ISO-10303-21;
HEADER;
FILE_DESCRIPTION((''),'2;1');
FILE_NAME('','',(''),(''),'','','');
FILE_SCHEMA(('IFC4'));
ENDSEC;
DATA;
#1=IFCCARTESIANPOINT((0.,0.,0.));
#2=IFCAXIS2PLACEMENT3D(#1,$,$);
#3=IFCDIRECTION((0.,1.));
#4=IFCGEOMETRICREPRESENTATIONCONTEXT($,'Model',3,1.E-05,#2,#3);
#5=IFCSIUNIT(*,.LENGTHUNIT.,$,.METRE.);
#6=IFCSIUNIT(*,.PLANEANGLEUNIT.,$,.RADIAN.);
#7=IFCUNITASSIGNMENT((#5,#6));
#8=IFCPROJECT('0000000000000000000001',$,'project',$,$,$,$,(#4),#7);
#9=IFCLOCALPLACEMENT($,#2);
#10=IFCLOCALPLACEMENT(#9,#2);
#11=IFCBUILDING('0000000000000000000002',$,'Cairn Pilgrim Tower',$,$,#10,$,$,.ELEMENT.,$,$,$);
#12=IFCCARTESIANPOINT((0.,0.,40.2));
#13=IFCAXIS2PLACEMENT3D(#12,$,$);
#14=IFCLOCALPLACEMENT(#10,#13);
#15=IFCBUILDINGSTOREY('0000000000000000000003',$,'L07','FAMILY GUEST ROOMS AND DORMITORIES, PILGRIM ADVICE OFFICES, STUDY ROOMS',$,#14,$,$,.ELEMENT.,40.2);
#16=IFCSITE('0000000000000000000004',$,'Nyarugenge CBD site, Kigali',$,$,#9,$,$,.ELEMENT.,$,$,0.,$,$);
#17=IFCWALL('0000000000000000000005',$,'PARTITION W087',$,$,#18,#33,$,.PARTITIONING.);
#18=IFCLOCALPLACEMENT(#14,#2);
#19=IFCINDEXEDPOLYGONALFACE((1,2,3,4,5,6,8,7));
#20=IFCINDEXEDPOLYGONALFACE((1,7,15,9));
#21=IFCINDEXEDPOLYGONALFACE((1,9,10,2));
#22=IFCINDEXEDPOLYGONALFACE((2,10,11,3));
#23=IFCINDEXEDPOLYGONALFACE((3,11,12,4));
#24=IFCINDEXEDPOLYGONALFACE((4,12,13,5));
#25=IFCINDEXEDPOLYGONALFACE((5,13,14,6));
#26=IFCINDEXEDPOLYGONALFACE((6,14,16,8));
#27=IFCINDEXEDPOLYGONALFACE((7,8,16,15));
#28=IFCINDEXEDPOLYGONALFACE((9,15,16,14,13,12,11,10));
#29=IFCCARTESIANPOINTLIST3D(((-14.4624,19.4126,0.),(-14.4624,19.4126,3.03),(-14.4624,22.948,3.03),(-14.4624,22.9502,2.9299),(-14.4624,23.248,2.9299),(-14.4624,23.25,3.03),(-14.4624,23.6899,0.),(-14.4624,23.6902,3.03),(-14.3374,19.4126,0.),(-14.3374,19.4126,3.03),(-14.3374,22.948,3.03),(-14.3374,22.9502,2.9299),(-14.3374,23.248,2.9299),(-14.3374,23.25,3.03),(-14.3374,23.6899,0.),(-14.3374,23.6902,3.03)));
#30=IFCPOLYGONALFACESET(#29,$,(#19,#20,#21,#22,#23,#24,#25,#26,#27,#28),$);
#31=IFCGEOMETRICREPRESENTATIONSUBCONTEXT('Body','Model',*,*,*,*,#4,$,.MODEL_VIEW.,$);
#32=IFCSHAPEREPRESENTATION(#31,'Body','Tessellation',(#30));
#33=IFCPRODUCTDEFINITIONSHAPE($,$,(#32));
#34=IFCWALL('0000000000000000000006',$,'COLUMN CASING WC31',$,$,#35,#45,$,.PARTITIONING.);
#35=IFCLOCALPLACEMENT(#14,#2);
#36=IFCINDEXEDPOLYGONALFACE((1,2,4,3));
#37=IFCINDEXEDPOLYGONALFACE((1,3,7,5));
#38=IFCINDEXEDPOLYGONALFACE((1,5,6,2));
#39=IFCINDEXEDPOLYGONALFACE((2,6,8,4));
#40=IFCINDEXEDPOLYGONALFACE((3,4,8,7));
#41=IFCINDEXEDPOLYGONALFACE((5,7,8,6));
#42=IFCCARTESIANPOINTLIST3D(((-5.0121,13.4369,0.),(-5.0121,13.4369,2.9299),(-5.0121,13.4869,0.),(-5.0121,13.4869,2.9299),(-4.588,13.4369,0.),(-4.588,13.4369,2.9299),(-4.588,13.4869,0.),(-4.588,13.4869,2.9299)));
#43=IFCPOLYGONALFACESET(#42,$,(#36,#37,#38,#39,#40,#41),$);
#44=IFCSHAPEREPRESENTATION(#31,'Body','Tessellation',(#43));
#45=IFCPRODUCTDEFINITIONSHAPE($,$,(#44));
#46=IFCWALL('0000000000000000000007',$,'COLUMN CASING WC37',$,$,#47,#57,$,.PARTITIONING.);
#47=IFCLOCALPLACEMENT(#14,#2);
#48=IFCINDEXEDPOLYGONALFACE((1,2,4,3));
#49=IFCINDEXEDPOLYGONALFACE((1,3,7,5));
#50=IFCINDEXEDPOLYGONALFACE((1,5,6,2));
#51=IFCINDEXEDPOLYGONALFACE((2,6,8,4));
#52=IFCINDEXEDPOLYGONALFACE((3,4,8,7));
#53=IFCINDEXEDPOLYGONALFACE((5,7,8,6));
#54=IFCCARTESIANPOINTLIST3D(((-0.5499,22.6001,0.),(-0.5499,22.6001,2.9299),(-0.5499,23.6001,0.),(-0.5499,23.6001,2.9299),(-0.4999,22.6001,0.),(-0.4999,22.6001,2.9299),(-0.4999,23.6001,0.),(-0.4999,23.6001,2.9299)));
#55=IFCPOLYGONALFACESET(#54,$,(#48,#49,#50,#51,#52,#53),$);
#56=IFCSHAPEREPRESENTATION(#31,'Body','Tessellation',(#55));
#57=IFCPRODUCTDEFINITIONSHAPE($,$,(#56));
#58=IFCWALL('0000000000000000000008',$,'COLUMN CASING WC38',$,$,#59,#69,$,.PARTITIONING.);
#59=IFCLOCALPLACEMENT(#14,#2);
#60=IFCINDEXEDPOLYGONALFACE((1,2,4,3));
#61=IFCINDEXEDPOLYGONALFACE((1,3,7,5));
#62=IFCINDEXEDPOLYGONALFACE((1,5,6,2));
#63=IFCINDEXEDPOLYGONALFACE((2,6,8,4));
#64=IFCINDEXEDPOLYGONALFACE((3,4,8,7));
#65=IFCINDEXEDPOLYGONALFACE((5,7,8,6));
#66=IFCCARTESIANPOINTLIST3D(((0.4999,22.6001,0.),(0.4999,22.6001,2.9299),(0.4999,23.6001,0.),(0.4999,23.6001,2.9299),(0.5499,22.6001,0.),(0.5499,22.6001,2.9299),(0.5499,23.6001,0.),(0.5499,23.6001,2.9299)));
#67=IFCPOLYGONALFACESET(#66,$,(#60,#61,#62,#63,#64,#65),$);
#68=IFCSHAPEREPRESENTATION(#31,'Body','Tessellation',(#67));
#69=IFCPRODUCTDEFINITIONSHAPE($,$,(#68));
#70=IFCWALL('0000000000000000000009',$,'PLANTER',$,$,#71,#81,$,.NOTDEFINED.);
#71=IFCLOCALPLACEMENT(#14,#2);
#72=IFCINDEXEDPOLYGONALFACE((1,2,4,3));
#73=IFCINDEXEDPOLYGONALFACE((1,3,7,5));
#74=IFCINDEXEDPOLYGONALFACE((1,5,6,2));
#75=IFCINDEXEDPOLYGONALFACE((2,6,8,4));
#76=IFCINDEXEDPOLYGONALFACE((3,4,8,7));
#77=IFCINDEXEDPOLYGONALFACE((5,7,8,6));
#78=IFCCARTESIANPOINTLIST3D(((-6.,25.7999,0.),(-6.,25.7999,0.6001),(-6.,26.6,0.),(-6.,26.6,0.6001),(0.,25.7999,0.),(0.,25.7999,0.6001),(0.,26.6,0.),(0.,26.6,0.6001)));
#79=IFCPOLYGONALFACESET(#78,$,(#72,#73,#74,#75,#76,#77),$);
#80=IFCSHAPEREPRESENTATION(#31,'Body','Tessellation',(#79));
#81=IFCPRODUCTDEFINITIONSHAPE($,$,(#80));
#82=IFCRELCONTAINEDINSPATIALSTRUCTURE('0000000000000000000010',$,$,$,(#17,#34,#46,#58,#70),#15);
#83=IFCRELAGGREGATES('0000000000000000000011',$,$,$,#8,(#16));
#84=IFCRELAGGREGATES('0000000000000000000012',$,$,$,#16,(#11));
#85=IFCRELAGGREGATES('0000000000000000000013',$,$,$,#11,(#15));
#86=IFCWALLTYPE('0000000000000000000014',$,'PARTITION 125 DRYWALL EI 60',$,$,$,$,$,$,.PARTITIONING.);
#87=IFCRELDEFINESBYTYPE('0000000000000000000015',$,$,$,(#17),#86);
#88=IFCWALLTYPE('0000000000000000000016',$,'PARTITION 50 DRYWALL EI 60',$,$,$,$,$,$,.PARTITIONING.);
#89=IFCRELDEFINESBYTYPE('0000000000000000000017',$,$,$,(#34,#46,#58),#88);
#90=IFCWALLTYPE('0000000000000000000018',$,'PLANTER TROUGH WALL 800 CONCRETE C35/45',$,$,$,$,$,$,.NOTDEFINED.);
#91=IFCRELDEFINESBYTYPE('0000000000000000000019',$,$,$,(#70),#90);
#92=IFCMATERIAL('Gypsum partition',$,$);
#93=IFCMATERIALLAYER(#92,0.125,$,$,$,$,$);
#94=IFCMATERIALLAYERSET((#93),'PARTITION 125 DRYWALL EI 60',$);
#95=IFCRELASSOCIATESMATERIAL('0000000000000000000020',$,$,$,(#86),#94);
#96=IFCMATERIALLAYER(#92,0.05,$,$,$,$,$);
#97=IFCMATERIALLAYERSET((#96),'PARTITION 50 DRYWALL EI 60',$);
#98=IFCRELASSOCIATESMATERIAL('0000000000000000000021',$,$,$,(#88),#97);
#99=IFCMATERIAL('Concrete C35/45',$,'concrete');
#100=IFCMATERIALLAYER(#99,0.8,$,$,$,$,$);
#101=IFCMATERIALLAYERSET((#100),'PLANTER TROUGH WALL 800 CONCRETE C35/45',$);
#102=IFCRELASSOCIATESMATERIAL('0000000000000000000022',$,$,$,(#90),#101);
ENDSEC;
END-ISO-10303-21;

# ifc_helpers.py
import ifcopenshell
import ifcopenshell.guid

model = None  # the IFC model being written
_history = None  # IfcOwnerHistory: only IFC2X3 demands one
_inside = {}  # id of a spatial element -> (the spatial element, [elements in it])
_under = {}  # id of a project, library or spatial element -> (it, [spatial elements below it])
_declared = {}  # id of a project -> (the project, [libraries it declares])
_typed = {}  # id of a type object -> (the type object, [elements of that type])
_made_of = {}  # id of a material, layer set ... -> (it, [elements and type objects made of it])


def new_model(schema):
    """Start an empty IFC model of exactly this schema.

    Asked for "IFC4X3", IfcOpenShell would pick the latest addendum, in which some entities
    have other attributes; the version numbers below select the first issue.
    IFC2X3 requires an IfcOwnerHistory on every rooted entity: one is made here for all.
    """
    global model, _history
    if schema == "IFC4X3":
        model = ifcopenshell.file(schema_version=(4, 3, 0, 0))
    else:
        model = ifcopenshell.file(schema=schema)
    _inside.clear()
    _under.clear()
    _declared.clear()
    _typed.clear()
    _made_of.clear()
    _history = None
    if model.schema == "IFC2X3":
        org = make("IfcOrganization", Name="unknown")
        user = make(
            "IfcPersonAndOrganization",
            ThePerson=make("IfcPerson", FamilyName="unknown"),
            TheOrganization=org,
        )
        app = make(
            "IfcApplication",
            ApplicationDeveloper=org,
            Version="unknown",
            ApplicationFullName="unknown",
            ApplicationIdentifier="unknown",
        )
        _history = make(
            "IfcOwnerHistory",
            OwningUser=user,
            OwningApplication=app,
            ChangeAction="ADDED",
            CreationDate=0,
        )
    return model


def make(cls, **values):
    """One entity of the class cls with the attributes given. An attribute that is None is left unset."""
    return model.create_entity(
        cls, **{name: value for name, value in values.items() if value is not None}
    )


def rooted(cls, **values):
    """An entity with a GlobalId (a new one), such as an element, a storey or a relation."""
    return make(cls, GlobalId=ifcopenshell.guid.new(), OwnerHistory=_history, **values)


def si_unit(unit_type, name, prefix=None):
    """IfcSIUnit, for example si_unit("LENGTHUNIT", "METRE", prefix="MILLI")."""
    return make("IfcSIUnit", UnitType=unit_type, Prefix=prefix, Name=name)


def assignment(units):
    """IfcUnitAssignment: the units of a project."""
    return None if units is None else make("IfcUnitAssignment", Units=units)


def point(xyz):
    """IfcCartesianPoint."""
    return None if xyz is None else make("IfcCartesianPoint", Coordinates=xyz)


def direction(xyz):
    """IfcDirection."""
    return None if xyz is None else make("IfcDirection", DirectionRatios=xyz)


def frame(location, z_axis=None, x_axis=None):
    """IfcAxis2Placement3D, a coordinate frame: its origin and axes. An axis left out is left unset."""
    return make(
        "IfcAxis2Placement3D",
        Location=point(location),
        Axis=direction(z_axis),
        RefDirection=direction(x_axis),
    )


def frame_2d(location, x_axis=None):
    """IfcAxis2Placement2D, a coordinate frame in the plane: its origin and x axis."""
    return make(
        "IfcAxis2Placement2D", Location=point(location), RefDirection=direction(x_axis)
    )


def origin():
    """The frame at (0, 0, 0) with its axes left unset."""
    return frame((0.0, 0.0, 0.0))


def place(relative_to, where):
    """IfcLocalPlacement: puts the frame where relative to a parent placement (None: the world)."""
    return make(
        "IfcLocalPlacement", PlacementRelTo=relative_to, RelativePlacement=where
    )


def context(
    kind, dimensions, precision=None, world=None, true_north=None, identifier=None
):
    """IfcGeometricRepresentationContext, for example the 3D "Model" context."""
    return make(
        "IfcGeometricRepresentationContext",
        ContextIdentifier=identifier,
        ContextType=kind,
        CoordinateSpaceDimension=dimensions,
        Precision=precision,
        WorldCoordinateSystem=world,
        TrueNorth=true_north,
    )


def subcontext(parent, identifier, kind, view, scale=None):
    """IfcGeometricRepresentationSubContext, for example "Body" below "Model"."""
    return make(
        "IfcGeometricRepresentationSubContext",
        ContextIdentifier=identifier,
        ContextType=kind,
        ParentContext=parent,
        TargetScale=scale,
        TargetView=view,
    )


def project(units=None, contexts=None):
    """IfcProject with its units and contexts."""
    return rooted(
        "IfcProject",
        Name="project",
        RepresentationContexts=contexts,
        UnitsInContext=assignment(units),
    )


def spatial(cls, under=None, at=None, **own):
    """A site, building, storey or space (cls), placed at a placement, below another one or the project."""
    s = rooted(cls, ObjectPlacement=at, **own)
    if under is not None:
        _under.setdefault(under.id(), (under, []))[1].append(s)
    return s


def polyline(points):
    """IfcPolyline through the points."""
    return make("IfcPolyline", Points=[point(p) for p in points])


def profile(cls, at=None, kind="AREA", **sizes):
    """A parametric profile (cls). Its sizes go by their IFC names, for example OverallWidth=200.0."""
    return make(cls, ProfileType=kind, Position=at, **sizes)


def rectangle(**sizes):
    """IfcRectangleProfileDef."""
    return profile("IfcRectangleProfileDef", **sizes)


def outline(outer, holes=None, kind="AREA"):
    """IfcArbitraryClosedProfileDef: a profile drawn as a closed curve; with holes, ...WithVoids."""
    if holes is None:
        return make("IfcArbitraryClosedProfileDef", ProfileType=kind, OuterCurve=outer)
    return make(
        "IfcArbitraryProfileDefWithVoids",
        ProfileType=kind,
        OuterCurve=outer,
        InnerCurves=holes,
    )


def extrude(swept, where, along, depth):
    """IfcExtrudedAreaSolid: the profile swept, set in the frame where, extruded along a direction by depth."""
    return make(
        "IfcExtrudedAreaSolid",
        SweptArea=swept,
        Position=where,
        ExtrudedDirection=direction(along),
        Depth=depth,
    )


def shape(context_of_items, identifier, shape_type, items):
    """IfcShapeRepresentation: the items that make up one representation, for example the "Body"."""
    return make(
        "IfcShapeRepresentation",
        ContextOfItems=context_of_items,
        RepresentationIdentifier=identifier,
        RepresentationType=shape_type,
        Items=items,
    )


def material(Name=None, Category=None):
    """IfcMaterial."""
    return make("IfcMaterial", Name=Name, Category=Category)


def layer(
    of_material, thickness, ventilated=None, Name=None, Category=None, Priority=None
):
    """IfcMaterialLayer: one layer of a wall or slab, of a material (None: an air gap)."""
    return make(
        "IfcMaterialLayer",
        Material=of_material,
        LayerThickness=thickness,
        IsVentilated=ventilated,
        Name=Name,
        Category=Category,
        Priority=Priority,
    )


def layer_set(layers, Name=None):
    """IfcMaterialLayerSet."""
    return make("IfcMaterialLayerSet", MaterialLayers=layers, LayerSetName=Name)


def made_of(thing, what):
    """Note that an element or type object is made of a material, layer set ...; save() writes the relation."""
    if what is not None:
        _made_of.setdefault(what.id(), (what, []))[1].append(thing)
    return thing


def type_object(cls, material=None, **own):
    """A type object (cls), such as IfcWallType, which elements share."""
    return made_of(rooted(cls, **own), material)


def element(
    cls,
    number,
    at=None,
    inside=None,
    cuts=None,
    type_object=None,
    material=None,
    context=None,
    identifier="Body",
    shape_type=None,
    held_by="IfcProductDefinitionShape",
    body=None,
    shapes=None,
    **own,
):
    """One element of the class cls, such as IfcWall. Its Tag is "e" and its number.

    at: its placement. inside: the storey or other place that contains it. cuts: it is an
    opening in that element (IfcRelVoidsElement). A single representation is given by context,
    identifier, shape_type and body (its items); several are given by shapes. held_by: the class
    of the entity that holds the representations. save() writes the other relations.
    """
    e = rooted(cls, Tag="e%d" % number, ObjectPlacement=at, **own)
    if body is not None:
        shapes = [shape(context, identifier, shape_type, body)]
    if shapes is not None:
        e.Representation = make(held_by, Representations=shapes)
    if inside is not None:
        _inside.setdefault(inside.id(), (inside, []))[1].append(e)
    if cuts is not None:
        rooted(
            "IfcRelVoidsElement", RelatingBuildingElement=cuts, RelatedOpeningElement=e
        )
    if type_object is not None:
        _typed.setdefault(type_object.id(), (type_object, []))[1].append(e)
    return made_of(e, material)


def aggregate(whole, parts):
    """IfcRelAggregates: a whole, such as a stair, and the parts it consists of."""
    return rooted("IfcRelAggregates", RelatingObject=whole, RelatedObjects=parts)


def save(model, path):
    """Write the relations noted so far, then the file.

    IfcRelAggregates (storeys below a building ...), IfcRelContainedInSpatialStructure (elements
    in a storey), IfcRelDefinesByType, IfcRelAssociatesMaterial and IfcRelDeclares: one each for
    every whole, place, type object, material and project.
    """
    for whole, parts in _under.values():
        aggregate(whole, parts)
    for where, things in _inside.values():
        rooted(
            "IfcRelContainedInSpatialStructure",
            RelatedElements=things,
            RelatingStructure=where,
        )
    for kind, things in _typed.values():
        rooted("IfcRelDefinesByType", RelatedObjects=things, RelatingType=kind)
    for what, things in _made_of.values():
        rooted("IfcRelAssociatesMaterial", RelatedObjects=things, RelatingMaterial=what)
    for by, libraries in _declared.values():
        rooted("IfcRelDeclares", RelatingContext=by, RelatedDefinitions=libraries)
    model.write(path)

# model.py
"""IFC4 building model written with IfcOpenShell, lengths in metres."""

from ifc_helpers import new_model, si_unit, direction, frame, frame_2d, origin, place, context, subcontext, project, spatial, polyline, rectangle, outline, extrude, material, layer, layer_set, type_object, element, save


model = new_model("IFC4")

# Units and contexts
model_context = context("Model", 3, precision=1e-05, world=origin(), true_north=direction((0.0, 1.0)))
body_context = subcontext(model_context, "Body", "Model", "MODEL_VIEW")
ifc_project = project(units=[si_unit("LENGTHUNIT", "METRE"), si_unit("PLANEANGLEUNIT", "RADIAN")], contexts=[model_context])

# Site, building, storey
site_placement = place(None, origin())
site = spatial("IfcSite", under=ifc_project, at=site_placement, Name="Nyarugenge CBD site, Kigali", CompositionType="ELEMENT", RefElevation=0.0)
building_placement = place(site_placement, origin())
building = spatial("IfcBuilding", under=site, at=building_placement, Name="Cairn Pilgrim Tower", CompositionType="ELEMENT")
storey_placement = place(building_placement, frame((0.0, 0.0, 40.2)))
storey = spatial("IfcBuildingStorey", under=building, at=storey_placement, Name="L07", Description="FAMILY GUEST ROOMS AND DORMITORIES, PILGRIM ADVICE OFFICES, STUDY ROOMS", CompositionType="ELEMENT", Elevation=40.2)

# Shared definitions
ifc_material_1 = material(Name="Gypsum partition")
ifc_layer_1 = layer(ifc_material_1, 0.125)
ifc_layer_set_1 = layer_set([ifc_layer_1], Name="PARTITION 125 DRYWALL EI 60")
wall_type_1 = type_object("IfcWallType", Name="PARTITION 125 DRYWALL EI 60", PredefinedType="PARTITIONING", material=ifc_layer_set_1)

# Walls
wall_1_placement = place(storey_placement, frame((-14.3999, 19.4126, 0.0), z_axis=(0.0, 0.0, 1.0), x_axis=(0.0, 1.0, 0.0)))
element("IfcWall", 1, at=wall_1_placement, inside=storey, type_object=wall_type_1, Name="PARTITION W087", PredefinedType="PARTITIONING", context=body_context, shape_type="SweptSolid", body=[
    extrude(outline(polyline([(0.0, 0.0), (4.2773, 0.0), (4.2776, 3.03), (3.8374, 3.03), (3.8354, 2.9299), (3.5376, 2.9299), (3.5354, 3.03), (0.0, 3.03), (0.0, 0.0)])), frame((0.0, 0.0625, 0.0), z_axis=(0.0, -1.0, 0.0), x_axis=(1.0, 0.0, 0.0)), (0.0, 0.0, 1.0), 0.125),
])
ifc_layer_2 = layer(ifc_material_1, 0.05)
ifc_layer_set_2 = layer_set([ifc_layer_2], Name="PARTITION 50 DRYWALL EI 60")
wall_type_2 = type_object("IfcWallType", Name="PARTITION 50 DRYWALL EI 60", PredefinedType="PARTITIONING", material=ifc_layer_set_2)
wall_2_placement = place(storey_placement, frame((-5.012, 13.4619, 0.0), z_axis=(0.0, 0.0, 1.0), x_axis=(1.0, 0.0, 0.0)))
element("IfcWall", 2, at=wall_2_placement, inside=storey, type_object=wall_type_2, Name="COLUMN CASING WC31", PredefinedType="PARTITIONING", context=body_context, shape_type="SweptSolid", body=[
    extrude(rectangle(XDim=0.4241, YDim=0.05, at=frame_2d((0.2119, 0.0))), origin(), (0.0, 0.0, 1.0), 2.9299),
])
for number, where, z_axis, x_axis, name in (
    (3, (-0.5249, 22.6001, 0.0), (0.0, 0.0, 1.0), (0.0, 1.0, 0.0), "COLUMN CASING WC37"),
    (4, (0.5249, 22.6001, 0.0), (0.0, 0.0, 1.0), (0.0, 1.0, 0.0), "COLUMN CASING WC38"),
):
    element("IfcWall", number, at=place(storey_placement, frame(where, z_axis=z_axis, x_axis=x_axis)), inside=storey, type_object=wall_type_2, Name=name, PredefinedType="PARTITIONING", context=body_context, shape_type="SweptSolid", body=[
        extrude(rectangle(XDim=1.0, YDim=0.05, at=frame_2d((0.5, 0.0))), origin(), (0.0, 0.0, 1.0), 2.9299),
    ])
ifc_material_2 = material(Name="Concrete C35/45", Category="concrete")
ifc_layer_3 = layer(ifc_material_2, 0.8)
ifc_layer_set_3 = layer_set([ifc_layer_3], Name="PLANTER TROUGH WALL 800 CONCRETE C35/45")
wall_type_3 = type_object("IfcWallType", Name="PLANTER TROUGH WALL 800 CONCRETE C35/45", PredefinedType="NOTDEFINED", material=ifc_layer_set_3)
wall_3_placement = place(storey_placement, frame((-6.0, 26.2, 0.0), z_axis=(0.0, 0.0, 1.0), x_axis=(1.0, 0.0, 0.0)))
element("IfcWall", 5, at=wall_3_placement, inside=storey, type_object=wall_type_3, Name="PLANTER", PredefinedType="NOTDEFINED", context=body_context, shape_type="SweptSolid", body=[
    extrude(rectangle(XDim=6.0, YDim=0.8, at=frame_2d((3.0, 0.0))), origin(), (0.0, 0.0, 1.0), 0.6001),
])

save(model, "model.ifc")
